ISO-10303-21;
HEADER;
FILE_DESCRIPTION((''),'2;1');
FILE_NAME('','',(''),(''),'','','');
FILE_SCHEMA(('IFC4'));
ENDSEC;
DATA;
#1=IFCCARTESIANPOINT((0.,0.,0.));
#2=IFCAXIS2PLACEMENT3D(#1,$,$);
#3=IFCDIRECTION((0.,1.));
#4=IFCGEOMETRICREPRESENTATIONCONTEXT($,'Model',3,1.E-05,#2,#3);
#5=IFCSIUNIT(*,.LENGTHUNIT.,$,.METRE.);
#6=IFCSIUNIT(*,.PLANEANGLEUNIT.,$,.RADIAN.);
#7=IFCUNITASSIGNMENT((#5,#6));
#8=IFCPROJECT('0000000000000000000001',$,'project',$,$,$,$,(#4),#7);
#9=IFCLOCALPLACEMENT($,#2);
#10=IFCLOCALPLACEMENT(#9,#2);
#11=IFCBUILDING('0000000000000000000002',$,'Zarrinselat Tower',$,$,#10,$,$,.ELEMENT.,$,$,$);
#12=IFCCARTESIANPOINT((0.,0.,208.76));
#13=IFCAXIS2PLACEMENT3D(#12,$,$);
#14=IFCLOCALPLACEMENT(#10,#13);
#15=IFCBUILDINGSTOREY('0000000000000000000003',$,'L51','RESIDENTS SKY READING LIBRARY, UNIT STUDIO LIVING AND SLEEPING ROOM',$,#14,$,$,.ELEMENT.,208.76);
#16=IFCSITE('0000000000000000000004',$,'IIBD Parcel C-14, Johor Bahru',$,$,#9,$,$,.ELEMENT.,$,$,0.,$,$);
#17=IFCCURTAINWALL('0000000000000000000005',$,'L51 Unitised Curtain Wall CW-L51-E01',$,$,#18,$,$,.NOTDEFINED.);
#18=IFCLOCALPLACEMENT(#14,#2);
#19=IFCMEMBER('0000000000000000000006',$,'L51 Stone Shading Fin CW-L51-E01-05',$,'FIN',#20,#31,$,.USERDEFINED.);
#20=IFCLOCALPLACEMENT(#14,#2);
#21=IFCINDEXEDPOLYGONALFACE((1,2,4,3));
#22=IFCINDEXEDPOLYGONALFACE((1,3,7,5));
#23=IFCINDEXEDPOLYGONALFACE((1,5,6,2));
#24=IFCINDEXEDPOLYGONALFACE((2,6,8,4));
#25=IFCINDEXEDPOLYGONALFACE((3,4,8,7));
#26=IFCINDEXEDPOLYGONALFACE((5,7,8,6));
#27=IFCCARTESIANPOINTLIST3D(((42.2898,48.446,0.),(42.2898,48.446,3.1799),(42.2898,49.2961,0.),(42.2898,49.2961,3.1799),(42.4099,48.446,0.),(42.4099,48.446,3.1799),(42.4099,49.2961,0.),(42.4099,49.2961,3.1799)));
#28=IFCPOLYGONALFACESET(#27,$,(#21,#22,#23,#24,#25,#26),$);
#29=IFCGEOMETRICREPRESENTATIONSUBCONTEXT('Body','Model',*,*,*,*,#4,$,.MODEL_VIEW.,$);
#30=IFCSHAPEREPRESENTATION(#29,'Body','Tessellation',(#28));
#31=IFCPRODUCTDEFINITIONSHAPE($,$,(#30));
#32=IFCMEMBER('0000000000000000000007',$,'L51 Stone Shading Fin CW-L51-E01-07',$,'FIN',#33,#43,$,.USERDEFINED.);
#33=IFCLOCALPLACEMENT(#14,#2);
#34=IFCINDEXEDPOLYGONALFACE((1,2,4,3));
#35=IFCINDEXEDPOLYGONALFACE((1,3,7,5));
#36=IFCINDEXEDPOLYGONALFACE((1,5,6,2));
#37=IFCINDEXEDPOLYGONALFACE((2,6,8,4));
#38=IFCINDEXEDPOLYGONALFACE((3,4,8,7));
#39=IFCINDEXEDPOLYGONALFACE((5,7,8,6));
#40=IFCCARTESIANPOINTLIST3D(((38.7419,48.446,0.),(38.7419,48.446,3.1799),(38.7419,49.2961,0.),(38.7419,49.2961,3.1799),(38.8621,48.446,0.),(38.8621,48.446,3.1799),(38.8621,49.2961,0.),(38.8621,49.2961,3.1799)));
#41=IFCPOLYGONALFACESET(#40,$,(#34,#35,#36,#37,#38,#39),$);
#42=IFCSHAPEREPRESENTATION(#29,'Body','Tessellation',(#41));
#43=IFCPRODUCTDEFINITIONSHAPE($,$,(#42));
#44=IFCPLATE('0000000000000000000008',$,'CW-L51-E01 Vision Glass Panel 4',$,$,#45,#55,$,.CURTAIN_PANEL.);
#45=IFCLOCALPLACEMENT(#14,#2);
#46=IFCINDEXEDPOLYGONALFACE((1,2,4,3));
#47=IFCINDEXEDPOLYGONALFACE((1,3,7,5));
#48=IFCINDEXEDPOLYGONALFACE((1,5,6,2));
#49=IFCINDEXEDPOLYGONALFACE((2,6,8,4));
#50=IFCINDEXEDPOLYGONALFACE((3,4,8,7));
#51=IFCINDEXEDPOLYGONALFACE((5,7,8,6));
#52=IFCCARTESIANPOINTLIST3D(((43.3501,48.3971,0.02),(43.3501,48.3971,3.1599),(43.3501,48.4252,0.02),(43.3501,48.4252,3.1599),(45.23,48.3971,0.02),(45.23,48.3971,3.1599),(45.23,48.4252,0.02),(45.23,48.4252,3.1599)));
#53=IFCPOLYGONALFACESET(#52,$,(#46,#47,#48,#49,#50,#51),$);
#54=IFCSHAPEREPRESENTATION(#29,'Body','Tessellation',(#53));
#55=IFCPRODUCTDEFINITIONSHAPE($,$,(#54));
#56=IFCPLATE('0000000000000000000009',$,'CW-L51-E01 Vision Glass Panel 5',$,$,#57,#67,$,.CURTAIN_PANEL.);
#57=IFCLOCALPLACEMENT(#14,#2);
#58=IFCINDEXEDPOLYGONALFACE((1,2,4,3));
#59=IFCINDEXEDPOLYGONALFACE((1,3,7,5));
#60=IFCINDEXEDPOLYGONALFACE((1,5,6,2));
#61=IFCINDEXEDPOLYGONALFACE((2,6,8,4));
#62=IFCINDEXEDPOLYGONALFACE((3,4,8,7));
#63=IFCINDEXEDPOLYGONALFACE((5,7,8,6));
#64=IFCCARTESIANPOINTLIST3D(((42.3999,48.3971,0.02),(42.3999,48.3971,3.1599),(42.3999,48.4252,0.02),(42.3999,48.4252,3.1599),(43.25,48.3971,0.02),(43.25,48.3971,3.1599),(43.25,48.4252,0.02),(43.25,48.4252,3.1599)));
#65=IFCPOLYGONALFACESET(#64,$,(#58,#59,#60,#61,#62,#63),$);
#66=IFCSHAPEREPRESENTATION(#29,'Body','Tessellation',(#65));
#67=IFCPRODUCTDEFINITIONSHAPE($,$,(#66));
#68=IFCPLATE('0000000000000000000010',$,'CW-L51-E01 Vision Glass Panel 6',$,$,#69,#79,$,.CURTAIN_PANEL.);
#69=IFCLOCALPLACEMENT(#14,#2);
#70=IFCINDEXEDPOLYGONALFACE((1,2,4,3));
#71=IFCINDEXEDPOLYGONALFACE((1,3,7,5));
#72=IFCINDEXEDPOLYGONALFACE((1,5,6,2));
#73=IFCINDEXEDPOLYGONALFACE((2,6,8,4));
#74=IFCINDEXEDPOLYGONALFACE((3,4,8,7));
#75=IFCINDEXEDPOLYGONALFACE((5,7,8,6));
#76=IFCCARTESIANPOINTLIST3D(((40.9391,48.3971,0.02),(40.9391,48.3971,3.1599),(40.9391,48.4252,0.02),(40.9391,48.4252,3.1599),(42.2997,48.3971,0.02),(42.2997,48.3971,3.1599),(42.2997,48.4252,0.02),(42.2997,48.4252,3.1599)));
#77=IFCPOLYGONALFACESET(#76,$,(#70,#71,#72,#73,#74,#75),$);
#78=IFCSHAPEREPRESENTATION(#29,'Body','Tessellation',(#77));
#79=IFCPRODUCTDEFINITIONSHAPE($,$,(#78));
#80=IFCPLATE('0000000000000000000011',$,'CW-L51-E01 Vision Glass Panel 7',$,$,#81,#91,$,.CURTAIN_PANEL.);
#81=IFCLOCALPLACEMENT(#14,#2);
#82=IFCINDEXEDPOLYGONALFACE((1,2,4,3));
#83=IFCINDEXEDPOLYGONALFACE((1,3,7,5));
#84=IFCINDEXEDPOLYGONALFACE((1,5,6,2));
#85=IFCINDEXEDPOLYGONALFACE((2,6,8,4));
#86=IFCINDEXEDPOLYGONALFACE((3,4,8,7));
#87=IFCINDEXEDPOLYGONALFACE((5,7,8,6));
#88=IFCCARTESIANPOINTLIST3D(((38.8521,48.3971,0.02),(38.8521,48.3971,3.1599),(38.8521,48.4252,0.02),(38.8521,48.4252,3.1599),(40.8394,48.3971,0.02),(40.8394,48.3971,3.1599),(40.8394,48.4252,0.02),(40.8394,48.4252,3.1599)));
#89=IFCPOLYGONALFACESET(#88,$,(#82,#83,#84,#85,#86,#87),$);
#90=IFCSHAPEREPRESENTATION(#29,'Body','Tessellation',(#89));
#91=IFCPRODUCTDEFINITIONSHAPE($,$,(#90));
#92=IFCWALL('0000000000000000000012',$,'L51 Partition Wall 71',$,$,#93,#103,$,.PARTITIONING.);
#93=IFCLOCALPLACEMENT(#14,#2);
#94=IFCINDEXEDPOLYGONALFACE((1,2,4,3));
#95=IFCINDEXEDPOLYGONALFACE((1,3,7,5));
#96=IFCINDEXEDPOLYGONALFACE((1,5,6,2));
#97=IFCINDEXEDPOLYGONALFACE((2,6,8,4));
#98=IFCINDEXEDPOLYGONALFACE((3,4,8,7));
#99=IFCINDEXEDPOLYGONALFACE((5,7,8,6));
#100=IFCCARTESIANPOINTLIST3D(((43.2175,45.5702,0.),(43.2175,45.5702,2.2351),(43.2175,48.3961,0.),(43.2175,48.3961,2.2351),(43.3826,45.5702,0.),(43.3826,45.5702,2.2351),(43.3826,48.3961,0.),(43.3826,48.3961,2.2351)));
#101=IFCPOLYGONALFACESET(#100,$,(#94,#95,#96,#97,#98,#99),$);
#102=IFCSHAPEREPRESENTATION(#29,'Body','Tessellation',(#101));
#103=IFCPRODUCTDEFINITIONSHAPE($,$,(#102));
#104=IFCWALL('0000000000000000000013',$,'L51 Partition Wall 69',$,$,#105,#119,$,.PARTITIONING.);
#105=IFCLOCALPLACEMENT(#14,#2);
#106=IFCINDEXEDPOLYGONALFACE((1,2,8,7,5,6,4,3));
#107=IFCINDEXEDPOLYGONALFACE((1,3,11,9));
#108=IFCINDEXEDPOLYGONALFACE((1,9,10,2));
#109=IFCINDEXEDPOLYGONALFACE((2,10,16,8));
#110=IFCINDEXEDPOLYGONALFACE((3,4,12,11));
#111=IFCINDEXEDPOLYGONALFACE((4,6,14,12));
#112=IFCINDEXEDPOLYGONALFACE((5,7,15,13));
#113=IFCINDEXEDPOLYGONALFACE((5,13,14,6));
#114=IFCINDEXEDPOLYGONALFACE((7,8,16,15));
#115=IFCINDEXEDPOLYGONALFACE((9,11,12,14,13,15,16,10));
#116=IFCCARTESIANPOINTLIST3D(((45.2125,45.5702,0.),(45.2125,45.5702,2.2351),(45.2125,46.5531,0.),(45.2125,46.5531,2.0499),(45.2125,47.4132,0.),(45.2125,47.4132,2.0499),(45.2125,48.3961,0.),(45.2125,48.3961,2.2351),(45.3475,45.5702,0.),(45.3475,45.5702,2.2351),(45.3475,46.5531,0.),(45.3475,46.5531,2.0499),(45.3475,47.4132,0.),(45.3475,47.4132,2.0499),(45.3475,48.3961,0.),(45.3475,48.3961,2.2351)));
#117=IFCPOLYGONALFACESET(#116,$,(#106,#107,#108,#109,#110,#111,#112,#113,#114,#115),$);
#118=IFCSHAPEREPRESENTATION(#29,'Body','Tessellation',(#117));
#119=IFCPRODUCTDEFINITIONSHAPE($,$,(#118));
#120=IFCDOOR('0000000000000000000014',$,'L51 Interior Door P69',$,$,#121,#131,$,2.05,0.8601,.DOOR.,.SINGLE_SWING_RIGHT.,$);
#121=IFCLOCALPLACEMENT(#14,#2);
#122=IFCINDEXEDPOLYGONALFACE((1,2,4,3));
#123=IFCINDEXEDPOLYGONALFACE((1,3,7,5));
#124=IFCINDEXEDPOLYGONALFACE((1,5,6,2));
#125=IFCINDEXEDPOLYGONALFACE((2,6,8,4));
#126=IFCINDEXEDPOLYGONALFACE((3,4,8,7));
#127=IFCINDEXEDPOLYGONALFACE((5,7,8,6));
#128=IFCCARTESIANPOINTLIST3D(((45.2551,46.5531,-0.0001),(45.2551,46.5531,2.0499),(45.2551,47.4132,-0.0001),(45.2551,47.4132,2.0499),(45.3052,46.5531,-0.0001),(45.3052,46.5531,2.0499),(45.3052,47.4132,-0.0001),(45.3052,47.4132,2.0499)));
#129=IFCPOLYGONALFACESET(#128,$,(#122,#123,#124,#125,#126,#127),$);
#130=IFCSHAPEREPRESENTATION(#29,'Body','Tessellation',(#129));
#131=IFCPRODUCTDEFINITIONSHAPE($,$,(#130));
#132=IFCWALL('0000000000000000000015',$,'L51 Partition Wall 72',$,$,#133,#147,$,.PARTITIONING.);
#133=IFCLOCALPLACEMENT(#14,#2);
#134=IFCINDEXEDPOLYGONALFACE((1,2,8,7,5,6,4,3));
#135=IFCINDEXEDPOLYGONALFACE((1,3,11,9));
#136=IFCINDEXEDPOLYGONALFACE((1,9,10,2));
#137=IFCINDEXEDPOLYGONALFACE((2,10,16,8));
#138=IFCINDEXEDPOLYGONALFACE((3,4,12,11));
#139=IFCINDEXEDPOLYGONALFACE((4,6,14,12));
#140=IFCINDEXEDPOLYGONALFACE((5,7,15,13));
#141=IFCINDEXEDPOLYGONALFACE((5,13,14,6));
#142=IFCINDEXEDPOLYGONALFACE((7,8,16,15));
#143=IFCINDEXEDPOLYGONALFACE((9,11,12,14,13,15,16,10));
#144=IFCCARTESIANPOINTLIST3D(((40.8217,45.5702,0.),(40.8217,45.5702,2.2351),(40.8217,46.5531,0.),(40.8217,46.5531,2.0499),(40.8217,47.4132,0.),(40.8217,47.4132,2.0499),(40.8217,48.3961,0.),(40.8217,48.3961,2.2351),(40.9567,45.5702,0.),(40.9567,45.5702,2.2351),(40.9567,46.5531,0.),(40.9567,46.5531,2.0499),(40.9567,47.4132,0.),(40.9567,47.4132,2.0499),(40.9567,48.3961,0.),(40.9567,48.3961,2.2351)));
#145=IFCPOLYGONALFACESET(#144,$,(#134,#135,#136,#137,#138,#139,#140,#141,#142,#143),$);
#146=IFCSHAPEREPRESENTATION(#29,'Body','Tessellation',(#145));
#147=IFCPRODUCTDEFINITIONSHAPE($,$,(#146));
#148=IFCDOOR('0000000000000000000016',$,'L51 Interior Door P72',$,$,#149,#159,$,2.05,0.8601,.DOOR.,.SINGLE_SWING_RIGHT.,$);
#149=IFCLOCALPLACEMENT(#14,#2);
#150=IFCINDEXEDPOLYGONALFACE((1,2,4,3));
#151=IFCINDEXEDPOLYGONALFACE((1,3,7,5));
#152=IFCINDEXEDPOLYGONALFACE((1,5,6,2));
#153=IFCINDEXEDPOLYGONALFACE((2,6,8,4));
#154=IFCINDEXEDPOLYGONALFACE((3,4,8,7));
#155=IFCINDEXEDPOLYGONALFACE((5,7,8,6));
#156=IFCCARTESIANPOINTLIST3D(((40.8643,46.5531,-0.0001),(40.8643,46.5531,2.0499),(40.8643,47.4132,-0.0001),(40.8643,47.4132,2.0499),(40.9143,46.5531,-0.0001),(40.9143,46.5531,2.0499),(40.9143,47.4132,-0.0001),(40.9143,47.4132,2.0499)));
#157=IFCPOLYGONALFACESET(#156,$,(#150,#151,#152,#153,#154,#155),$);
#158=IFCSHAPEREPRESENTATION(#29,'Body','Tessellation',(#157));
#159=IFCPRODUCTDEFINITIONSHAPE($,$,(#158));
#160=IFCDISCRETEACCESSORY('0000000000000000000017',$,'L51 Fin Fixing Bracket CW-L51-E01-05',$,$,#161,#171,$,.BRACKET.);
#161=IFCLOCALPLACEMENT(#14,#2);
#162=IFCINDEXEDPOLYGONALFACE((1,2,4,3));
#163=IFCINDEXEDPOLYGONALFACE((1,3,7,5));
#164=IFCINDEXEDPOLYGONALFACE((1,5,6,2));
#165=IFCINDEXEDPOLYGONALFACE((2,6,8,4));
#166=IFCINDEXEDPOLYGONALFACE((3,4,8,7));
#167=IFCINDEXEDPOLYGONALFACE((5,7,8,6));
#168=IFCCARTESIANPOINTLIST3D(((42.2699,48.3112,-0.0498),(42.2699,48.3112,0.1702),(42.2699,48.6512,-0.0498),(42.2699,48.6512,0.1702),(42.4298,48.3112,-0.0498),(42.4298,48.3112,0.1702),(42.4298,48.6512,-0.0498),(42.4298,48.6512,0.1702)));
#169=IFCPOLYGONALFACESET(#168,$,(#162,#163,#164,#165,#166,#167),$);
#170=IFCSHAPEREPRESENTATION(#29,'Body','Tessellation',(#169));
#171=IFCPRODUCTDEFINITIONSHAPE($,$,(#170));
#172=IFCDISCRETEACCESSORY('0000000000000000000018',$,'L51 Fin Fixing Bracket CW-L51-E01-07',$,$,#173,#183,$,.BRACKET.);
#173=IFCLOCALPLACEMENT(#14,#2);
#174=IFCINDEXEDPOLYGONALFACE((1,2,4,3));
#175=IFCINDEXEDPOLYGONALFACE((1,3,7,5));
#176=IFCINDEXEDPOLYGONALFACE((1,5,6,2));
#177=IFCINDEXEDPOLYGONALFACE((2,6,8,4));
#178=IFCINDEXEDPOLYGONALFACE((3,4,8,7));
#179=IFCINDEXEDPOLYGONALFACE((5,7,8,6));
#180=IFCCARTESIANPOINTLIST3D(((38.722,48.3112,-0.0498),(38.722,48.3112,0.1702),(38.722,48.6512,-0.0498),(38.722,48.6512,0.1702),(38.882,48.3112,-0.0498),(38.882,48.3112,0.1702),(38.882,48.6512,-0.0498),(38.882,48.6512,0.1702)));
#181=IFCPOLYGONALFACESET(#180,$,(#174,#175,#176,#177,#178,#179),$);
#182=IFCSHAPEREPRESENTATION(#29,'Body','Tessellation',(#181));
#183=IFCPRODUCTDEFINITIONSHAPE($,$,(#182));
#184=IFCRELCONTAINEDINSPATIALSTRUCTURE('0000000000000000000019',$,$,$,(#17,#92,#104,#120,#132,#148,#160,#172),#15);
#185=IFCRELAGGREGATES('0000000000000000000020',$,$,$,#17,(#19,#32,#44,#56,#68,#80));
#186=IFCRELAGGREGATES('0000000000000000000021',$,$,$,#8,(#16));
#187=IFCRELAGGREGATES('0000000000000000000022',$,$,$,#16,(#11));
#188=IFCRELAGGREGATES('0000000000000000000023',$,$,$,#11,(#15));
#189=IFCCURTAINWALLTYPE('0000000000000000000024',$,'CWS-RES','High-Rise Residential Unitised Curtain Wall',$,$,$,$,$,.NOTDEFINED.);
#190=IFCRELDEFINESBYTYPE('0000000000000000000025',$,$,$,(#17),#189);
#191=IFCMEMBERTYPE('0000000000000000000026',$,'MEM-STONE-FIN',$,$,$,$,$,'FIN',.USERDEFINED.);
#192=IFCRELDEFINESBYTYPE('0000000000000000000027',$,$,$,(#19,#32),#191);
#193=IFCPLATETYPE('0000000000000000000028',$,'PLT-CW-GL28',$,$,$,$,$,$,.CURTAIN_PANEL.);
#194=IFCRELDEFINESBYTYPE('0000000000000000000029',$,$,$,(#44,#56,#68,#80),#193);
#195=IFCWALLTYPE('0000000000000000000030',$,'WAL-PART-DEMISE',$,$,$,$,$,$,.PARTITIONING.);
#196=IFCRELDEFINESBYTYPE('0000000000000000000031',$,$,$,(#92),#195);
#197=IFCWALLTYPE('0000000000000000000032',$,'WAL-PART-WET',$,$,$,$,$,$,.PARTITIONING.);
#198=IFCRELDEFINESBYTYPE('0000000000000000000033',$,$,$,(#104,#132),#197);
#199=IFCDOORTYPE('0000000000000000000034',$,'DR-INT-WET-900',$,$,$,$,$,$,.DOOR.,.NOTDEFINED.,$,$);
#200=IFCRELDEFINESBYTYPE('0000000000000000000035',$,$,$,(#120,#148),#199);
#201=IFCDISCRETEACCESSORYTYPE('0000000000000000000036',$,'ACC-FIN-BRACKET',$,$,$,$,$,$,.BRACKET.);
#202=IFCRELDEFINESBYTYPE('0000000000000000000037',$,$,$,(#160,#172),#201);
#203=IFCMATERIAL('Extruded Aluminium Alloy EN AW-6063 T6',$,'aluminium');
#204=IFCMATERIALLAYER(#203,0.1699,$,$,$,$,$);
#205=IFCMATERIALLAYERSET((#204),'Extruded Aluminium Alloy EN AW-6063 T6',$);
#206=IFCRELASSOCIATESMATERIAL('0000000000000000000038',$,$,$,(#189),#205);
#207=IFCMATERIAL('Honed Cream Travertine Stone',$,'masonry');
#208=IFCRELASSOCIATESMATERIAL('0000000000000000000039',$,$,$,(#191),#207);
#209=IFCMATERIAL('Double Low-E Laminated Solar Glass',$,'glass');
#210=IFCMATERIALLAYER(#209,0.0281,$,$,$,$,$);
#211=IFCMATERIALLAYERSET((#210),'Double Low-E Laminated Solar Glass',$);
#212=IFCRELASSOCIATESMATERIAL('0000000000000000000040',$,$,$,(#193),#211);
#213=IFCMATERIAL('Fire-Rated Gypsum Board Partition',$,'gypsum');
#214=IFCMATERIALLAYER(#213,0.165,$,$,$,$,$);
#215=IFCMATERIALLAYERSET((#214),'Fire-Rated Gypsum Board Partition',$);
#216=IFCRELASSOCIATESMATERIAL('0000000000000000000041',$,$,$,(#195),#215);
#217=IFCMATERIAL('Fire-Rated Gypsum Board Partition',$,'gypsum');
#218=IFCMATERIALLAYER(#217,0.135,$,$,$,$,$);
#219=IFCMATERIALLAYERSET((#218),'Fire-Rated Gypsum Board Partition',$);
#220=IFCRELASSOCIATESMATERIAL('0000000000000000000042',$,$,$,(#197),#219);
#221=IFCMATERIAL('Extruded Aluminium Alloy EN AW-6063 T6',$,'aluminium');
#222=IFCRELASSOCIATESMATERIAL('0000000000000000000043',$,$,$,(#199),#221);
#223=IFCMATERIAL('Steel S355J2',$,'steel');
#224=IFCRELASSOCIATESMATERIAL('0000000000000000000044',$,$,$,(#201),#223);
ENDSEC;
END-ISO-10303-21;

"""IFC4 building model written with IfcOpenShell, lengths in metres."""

from ifc_helpers import new_model, si_unit, direction, frame, frame_2d, origin, origin_2d, place, context, subcontext, project, spatial, rectangle, extrude, material, layer, layer_set, material_profile, profile_set, type_object, element, fill, aggregate, save


model = new_model("IFC4")

# Units and contexts
model_context = context("Model", 3, precision=1e-05, world=origin(), true_north=direction((0.0, 1.0)))
body_context = subcontext(model_context, "Body", "Model", "MODEL_VIEW")
ifc_project = project(units=[si_unit("LENGTHUNIT", "METRE"), si_unit("PLANEANGLEUNIT", "RADIAN")], contexts=[model_context])

# Site, building, storey
site_placement = place(None, origin())
site = spatial("IfcSite", under=ifc_project, at=site_placement, Name="IIBD Parcel C-14, Johor Bahru", CompositionType="ELEMENT", RefElevation=0.0)
building_placement = place(site_placement, origin())
building = spatial("IfcBuilding", under=site, at=building_placement, Name="Zarrinselat Tower", CompositionType="ELEMENT")
storey_placement = place(building_placement, frame((0.0, 0.0, 208.76)))
storey = spatial("IfcBuildingStorey", under=building, at=storey_placement, Name="L51", Description="RESIDENTS SKY READING LIBRARY, UNIT STUDIO LIVING AND SLEEPING ROOM", CompositionType="ELEMENT", Elevation=208.76)

# Curtain wall, members, plates
ifc_material_1 = material(Name="Extruded Aluminium Alloy EN AW-6063 T6", Category="aluminium")
ifc_layer_1 = layer(ifc_material_1, 0.1699)
ifc_layer_set_1 = layer_set([ifc_layer_1], Name="Extruded Aluminium Alloy EN AW-6063 T6")
curtain_wall_type = type_object("IfcCurtainWallType", Name="CWS-RES", Description="High-Rise Residential Unitised Curtain Wall", PredefinedType="NOTDEFINED", material=ifc_layer_set_1)
curtain_wall_placement = place(storey_placement, origin())
curtain_wall = element("IfcCurtainWall", 1, at=curtain_wall_placement, inside=storey, type_object=curtain_wall_type, Name="L51 Unitised Curtain Wall CW-L51-E01", PredefinedType="NOTDEFINED")
ifc_material_2 = material(Name="Honed Cream Travertine Stone", Category="masonry")
ifc_material_profile_1 = material_profile(ifc_material_2, rectangle(XDim=0.1201, YDim=0.8501, at=origin_2d()), Name="FIN 850x120")
ifc_profile_set_1 = profile_set([ifc_material_profile_1], Name="Honed Cream Travertine Stone")
member_type_1 = type_object("IfcMemberType", Name="MEM-STONE-FIN", ElementType="FIN", PredefinedType="USERDEFINED", material=ifc_profile_set_1)
member_1_placement = place(storey_placement, frame((42.3499, 48.8711, 0.0), z_axis=(0.0, 0.0, 1.0), x_axis=(1.0, 0.0, 0.0)))
member_1 = element("IfcMember", 2, at=member_1_placement, type_object=member_type_1, Name="L51 Stone Shading Fin CW-L51-E01-05", ObjectType="FIN", PredefinedType="USERDEFINED", context=body_context, shape_type="SweptSolid", body=[
    extrude(rectangle(XDim=0.1201, YDim=0.8501, at=origin_2d()), origin(), (0.0, 0.0, 1.0), 3.1799),
])
member_2_placement = place(storey_placement, frame((38.802, 48.8711, 0.0), z_axis=(0.0, 0.0, 1.0), x_axis=(1.0, 0.0, 0.0)))
member_2 = element("IfcMember", 3, at=member_2_placement, type_object=member_type_1, Name="L51 Stone Shading Fin CW-L51-E01-07", ObjectType="FIN", PredefinedType="USERDEFINED", context=body_context, shape_type="SweptSolid", body=[
    extrude(rectangle(XDim=0.1201, YDim=0.8501, at=origin_2d()), origin(), (0.0, 0.0, 1.0), 3.1799),
])
ifc_material_3 = material(Name="Double Low-E Laminated Solar Glass", Category="glass")
ifc_layer_2 = layer(ifc_material_3, 0.0281)
ifc_layer_set_2 = layer_set([ifc_layer_2], Name="Double Low-E Laminated Solar Glass")
plate_type = type_object("IfcPlateType", Name="PLT-CW-GL28", PredefinedType="CURTAIN_PANEL", material=ifc_layer_set_2)
plate_1_placement = place(storey_placement, frame((44.29, 48.4111, 0.02), z_axis=(0.0, 0.0, 1.0), x_axis=(-1.0, 0.0, 0.0)))
plate_1 = element("IfcPlate", 4, at=plate_1_placement, type_object=plate_type, Name="CW-L51-E01 Vision Glass Panel 4", PredefinedType="CURTAIN_PANEL", context=body_context, shape_type="SweptSolid", body=[
    extrude(rectangle(XDim=1.8799, YDim=0.0281, at=origin_2d()), origin(), (0.0, 0.0, 1.0), 3.1399),
])
plate_2_placement = place(storey_placement, frame((42.825, 48.4111, 0.02), z_axis=(0.0, 0.0, 1.0), x_axis=(-1.0, 0.0, 0.0)))
plate_2 = element("IfcPlate", 5, at=plate_2_placement, type_object=plate_type, Name="CW-L51-E01 Vision Glass Panel 5", PredefinedType="CURTAIN_PANEL", context=body_context, shape_type="SweptSolid", body=[
    extrude(rectangle(XDim=0.8501, YDim=0.0281, at=origin_2d()), origin(), (0.0, 0.0, 1.0), 3.1399),
])
plate_3_placement = place(storey_placement, frame((41.6194, 48.4111, 0.02), z_axis=(0.0, 0.0, 1.0), x_axis=(-1.0, 0.0, 0.0)))
plate_3 = element("IfcPlate", 6, at=plate_3_placement, type_object=plate_type, Name="CW-L51-E01 Vision Glass Panel 6", PredefinedType="CURTAIN_PANEL", context=body_context, shape_type="SweptSolid", body=[
    extrude(rectangle(XDim=1.3606, YDim=0.0281, at=origin_2d()), origin(), (0.0, 0.0, 1.0), 3.1399),
])
plate_4_placement = place(storey_placement, frame((39.8457, 48.4111, 0.02), z_axis=(0.0, 0.0, 1.0), x_axis=(-1.0, 0.0, 0.0)))
plate_4 = element("IfcPlate", 7, at=plate_4_placement, type_object=plate_type, Name="CW-L51-E01 Vision Glass Panel 7", PredefinedType="CURTAIN_PANEL", context=body_context, shape_type="SweptSolid", body=[
    extrude(rectangle(XDim=1.9873, YDim=0.0281, at=origin_2d()), origin(), (0.0, 0.0, 1.0), 3.1399),
])
aggregate(curtain_wall, [member_1, member_2, plate_1, plate_2, plate_3, plate_4])

# Wall
ifc_material_4 = material(Name="Fire-Rated Gypsum Board Partition", Category="gypsum")
ifc_layer_3 = layer(ifc_material_4, 0.165)
ifc_layer_set_3 = layer_set([ifc_layer_3], Name="Fire-Rated Gypsum Board Partition")
wall_type_1 = type_object("IfcWallType", Name="WAL-PART-DEMISE", PredefinedType="PARTITIONING", material=ifc_layer_set_3)
wall_1_placement = place(storey_placement, frame((43.3, 45.5701, 0.0), z_axis=(0.0, 0.0, 1.0), x_axis=(0.0, 1.0, 0.0)))
element("IfcWall", 8, at=wall_1_placement, inside=storey, type_object=wall_type_1, Name="L51 Partition Wall 71", PredefinedType="PARTITIONING", context=body_context, shape_type="SweptSolid", body=[
    extrude(rectangle(XDim=2.8259, YDim=0.165, at=frame_2d((1.4131, 0.0))), origin(), (0.0, 0.0, 1.0), 2.2351),
])

# Walls, openings, doors
ifc_material_5 = material(Name="Fire-Rated Gypsum Board Partition", Category="gypsum")
ifc_layer_4 = layer(ifc_material_5, 0.135)
ifc_layer_set_4 = layer_set([ifc_layer_4], Name="Fire-Rated Gypsum Board Partition")
wall_type_2 = type_object("IfcWallType", Name="WAL-PART-WET", PredefinedType="PARTITIONING", material=ifc_layer_set_4)
wall_2_placement = place(storey_placement, frame((45.28, 45.5701, 0.0), z_axis=(0.0, 0.0, 1.0), x_axis=(0.0, 1.0, 0.0)))
wall_2 = element("IfcWall", 9, at=wall_2_placement, inside=storey, type_object=wall_type_2, Name="L51 Partition Wall 69", PredefinedType="PARTITIONING", context=body_context, shape_type="SweptSolid", body=[
    extrude(rectangle(XDim=2.8259, YDim=0.135, at=frame_2d((1.4131, 0.0))), origin(), (0.0, 0.0, 1.0), 2.2351),
])
opening_1_placement = place(wall_2_placement, frame((0.9829, 0.0, 0.0)))
opening_1 = element("IfcOpeningElement", 10, at=opening_1_placement, cuts=wall_2, PredefinedType="OPENING", context=body_context, shape_type="SweptSolid", body=[
    extrude(rectangle(XDim=0.8601, YDim=2.05, at=frame_2d((0.4302, 1.0249))), frame((0.0, 0.0774, 0.0), z_axis=(0.0, -1.0, 0.0), x_axis=(1.0, 0.0, 0.0)), (0.0, 0.0, 1.0), 0.155),
])
ifc_material_6 = material(Name="Extruded Aluminium Alloy EN AW-6063 T6", Category="aluminium")
door_type = type_object("IfcDoorType", Name="DR-INT-WET-900", OperationType="NOTDEFINED", PredefinedType="DOOR", material=ifc_material_6)
door_1_placement = place(opening_1_placement, origin())
door_1 = element("IfcDoor", 11, at=door_1_placement, inside=storey, type_object=door_type, Name="L51 Interior Door P69", OperationType="SINGLE_SWING_RIGHT", OverallHeight=2.05, OverallWidth=0.8601, PredefinedType="DOOR", context=body_context, shape_type="SweptSolid", body=[
    extrude(rectangle(XDim=0.8601, YDim=2.05, at=frame_2d((0.4302, 1.0249))), frame((0.0, 0.0249, 0.0), z_axis=(0.0, -1.0, 0.0), x_axis=(1.0, 0.0, 0.0)), (0.0, 0.0, 1.0), 0.05),
])
fill(opening_1, door_1)
wall_3_placement = place(storey_placement, frame((40.8892, 45.5701, 0.0), z_axis=(0.0, 0.0, 1.0), x_axis=(0.0, 1.0, 0.0)))
wall_3 = element("IfcWall", 12, at=wall_3_placement, inside=storey, type_object=wall_type_2, Name="L51 Partition Wall 72", PredefinedType="PARTITIONING", context=body_context, shape_type="SweptSolid", body=[
    extrude(rectangle(XDim=2.8259, YDim=0.135, at=frame_2d((1.4131, 0.0))), origin(), (0.0, 0.0, 1.0), 2.2351),
])
opening_2_placement = place(wall_3_placement, frame((0.9829, 0.0, 0.0)))
opening_2 = element("IfcOpeningElement", 13, at=opening_2_placement, cuts=wall_3, PredefinedType="OPENING", context=body_context, shape_type="SweptSolid", body=[
    extrude(rectangle(XDim=0.8601, YDim=2.05, at=frame_2d((0.4302, 1.0249))), frame((0.0, 0.0774, 0.0), z_axis=(0.0, -1.0, 0.0), x_axis=(1.0, 0.0, 0.0)), (0.0, 0.0, 1.0), 0.155),
])
door_2_placement = place(opening_2_placement, origin())
door_2 = element("IfcDoor", 14, at=door_2_placement, inside=storey, type_object=door_type, Name="L51 Interior Door P72", OperationType="SINGLE_SWING_RIGHT", OverallHeight=2.05, OverallWidth=0.8601, PredefinedType="DOOR", context=body_context, shape_type="SweptSolid", body=[
    extrude(rectangle(XDim=0.8601, YDim=2.05, at=frame_2d((0.4302, 1.0249))), frame((0.0, 0.0249, 0.0), z_axis=(0.0, -1.0, 0.0), x_axis=(1.0, 0.0, 0.0)), (0.0, 0.0, 1.0), 0.05),
])
fill(opening_2, door_2)

# Discrete accessories
ifc_material_7 = material(Name="Steel S355J2", Category="steel")
discrete_accessory_type = type_object("IfcDiscreteAccessoryType", Name="ACC-FIN-BRACKET", PredefinedType="BRACKET", material=ifc_material_7)
for number, where, z_axis, x_axis, name in (
    (15, (42.3499, 48.4812, -0.0498), (0.0, 0.0, 1.0), (0.0, 1.0, 0.0), "L51 Fin Fixing Bracket CW-L51-E01-05"),
    (16, (38.802, 48.4812, -0.0498), (0.0, 0.0, 1.0), (0.0, 1.0, 0.0), "L51 Fin Fixing Bracket CW-L51-E01-07"),
):
    element("IfcDiscreteAccessory", number, at=place(storey_placement, frame(where, z_axis=z_axis, x_axis=x_axis)), inside=storey, type_object=discrete_accessory_type, Name=name, PredefinedType="BRACKET", context=body_context, shape_type="SweptSolid", body=[
        extrude(rectangle(XDim=0.3401, YDim=0.1599, at=origin_2d()), origin(), (0.0, 0.0, 1.0), 0.22),
    ])

save(model, "model.ifc")
